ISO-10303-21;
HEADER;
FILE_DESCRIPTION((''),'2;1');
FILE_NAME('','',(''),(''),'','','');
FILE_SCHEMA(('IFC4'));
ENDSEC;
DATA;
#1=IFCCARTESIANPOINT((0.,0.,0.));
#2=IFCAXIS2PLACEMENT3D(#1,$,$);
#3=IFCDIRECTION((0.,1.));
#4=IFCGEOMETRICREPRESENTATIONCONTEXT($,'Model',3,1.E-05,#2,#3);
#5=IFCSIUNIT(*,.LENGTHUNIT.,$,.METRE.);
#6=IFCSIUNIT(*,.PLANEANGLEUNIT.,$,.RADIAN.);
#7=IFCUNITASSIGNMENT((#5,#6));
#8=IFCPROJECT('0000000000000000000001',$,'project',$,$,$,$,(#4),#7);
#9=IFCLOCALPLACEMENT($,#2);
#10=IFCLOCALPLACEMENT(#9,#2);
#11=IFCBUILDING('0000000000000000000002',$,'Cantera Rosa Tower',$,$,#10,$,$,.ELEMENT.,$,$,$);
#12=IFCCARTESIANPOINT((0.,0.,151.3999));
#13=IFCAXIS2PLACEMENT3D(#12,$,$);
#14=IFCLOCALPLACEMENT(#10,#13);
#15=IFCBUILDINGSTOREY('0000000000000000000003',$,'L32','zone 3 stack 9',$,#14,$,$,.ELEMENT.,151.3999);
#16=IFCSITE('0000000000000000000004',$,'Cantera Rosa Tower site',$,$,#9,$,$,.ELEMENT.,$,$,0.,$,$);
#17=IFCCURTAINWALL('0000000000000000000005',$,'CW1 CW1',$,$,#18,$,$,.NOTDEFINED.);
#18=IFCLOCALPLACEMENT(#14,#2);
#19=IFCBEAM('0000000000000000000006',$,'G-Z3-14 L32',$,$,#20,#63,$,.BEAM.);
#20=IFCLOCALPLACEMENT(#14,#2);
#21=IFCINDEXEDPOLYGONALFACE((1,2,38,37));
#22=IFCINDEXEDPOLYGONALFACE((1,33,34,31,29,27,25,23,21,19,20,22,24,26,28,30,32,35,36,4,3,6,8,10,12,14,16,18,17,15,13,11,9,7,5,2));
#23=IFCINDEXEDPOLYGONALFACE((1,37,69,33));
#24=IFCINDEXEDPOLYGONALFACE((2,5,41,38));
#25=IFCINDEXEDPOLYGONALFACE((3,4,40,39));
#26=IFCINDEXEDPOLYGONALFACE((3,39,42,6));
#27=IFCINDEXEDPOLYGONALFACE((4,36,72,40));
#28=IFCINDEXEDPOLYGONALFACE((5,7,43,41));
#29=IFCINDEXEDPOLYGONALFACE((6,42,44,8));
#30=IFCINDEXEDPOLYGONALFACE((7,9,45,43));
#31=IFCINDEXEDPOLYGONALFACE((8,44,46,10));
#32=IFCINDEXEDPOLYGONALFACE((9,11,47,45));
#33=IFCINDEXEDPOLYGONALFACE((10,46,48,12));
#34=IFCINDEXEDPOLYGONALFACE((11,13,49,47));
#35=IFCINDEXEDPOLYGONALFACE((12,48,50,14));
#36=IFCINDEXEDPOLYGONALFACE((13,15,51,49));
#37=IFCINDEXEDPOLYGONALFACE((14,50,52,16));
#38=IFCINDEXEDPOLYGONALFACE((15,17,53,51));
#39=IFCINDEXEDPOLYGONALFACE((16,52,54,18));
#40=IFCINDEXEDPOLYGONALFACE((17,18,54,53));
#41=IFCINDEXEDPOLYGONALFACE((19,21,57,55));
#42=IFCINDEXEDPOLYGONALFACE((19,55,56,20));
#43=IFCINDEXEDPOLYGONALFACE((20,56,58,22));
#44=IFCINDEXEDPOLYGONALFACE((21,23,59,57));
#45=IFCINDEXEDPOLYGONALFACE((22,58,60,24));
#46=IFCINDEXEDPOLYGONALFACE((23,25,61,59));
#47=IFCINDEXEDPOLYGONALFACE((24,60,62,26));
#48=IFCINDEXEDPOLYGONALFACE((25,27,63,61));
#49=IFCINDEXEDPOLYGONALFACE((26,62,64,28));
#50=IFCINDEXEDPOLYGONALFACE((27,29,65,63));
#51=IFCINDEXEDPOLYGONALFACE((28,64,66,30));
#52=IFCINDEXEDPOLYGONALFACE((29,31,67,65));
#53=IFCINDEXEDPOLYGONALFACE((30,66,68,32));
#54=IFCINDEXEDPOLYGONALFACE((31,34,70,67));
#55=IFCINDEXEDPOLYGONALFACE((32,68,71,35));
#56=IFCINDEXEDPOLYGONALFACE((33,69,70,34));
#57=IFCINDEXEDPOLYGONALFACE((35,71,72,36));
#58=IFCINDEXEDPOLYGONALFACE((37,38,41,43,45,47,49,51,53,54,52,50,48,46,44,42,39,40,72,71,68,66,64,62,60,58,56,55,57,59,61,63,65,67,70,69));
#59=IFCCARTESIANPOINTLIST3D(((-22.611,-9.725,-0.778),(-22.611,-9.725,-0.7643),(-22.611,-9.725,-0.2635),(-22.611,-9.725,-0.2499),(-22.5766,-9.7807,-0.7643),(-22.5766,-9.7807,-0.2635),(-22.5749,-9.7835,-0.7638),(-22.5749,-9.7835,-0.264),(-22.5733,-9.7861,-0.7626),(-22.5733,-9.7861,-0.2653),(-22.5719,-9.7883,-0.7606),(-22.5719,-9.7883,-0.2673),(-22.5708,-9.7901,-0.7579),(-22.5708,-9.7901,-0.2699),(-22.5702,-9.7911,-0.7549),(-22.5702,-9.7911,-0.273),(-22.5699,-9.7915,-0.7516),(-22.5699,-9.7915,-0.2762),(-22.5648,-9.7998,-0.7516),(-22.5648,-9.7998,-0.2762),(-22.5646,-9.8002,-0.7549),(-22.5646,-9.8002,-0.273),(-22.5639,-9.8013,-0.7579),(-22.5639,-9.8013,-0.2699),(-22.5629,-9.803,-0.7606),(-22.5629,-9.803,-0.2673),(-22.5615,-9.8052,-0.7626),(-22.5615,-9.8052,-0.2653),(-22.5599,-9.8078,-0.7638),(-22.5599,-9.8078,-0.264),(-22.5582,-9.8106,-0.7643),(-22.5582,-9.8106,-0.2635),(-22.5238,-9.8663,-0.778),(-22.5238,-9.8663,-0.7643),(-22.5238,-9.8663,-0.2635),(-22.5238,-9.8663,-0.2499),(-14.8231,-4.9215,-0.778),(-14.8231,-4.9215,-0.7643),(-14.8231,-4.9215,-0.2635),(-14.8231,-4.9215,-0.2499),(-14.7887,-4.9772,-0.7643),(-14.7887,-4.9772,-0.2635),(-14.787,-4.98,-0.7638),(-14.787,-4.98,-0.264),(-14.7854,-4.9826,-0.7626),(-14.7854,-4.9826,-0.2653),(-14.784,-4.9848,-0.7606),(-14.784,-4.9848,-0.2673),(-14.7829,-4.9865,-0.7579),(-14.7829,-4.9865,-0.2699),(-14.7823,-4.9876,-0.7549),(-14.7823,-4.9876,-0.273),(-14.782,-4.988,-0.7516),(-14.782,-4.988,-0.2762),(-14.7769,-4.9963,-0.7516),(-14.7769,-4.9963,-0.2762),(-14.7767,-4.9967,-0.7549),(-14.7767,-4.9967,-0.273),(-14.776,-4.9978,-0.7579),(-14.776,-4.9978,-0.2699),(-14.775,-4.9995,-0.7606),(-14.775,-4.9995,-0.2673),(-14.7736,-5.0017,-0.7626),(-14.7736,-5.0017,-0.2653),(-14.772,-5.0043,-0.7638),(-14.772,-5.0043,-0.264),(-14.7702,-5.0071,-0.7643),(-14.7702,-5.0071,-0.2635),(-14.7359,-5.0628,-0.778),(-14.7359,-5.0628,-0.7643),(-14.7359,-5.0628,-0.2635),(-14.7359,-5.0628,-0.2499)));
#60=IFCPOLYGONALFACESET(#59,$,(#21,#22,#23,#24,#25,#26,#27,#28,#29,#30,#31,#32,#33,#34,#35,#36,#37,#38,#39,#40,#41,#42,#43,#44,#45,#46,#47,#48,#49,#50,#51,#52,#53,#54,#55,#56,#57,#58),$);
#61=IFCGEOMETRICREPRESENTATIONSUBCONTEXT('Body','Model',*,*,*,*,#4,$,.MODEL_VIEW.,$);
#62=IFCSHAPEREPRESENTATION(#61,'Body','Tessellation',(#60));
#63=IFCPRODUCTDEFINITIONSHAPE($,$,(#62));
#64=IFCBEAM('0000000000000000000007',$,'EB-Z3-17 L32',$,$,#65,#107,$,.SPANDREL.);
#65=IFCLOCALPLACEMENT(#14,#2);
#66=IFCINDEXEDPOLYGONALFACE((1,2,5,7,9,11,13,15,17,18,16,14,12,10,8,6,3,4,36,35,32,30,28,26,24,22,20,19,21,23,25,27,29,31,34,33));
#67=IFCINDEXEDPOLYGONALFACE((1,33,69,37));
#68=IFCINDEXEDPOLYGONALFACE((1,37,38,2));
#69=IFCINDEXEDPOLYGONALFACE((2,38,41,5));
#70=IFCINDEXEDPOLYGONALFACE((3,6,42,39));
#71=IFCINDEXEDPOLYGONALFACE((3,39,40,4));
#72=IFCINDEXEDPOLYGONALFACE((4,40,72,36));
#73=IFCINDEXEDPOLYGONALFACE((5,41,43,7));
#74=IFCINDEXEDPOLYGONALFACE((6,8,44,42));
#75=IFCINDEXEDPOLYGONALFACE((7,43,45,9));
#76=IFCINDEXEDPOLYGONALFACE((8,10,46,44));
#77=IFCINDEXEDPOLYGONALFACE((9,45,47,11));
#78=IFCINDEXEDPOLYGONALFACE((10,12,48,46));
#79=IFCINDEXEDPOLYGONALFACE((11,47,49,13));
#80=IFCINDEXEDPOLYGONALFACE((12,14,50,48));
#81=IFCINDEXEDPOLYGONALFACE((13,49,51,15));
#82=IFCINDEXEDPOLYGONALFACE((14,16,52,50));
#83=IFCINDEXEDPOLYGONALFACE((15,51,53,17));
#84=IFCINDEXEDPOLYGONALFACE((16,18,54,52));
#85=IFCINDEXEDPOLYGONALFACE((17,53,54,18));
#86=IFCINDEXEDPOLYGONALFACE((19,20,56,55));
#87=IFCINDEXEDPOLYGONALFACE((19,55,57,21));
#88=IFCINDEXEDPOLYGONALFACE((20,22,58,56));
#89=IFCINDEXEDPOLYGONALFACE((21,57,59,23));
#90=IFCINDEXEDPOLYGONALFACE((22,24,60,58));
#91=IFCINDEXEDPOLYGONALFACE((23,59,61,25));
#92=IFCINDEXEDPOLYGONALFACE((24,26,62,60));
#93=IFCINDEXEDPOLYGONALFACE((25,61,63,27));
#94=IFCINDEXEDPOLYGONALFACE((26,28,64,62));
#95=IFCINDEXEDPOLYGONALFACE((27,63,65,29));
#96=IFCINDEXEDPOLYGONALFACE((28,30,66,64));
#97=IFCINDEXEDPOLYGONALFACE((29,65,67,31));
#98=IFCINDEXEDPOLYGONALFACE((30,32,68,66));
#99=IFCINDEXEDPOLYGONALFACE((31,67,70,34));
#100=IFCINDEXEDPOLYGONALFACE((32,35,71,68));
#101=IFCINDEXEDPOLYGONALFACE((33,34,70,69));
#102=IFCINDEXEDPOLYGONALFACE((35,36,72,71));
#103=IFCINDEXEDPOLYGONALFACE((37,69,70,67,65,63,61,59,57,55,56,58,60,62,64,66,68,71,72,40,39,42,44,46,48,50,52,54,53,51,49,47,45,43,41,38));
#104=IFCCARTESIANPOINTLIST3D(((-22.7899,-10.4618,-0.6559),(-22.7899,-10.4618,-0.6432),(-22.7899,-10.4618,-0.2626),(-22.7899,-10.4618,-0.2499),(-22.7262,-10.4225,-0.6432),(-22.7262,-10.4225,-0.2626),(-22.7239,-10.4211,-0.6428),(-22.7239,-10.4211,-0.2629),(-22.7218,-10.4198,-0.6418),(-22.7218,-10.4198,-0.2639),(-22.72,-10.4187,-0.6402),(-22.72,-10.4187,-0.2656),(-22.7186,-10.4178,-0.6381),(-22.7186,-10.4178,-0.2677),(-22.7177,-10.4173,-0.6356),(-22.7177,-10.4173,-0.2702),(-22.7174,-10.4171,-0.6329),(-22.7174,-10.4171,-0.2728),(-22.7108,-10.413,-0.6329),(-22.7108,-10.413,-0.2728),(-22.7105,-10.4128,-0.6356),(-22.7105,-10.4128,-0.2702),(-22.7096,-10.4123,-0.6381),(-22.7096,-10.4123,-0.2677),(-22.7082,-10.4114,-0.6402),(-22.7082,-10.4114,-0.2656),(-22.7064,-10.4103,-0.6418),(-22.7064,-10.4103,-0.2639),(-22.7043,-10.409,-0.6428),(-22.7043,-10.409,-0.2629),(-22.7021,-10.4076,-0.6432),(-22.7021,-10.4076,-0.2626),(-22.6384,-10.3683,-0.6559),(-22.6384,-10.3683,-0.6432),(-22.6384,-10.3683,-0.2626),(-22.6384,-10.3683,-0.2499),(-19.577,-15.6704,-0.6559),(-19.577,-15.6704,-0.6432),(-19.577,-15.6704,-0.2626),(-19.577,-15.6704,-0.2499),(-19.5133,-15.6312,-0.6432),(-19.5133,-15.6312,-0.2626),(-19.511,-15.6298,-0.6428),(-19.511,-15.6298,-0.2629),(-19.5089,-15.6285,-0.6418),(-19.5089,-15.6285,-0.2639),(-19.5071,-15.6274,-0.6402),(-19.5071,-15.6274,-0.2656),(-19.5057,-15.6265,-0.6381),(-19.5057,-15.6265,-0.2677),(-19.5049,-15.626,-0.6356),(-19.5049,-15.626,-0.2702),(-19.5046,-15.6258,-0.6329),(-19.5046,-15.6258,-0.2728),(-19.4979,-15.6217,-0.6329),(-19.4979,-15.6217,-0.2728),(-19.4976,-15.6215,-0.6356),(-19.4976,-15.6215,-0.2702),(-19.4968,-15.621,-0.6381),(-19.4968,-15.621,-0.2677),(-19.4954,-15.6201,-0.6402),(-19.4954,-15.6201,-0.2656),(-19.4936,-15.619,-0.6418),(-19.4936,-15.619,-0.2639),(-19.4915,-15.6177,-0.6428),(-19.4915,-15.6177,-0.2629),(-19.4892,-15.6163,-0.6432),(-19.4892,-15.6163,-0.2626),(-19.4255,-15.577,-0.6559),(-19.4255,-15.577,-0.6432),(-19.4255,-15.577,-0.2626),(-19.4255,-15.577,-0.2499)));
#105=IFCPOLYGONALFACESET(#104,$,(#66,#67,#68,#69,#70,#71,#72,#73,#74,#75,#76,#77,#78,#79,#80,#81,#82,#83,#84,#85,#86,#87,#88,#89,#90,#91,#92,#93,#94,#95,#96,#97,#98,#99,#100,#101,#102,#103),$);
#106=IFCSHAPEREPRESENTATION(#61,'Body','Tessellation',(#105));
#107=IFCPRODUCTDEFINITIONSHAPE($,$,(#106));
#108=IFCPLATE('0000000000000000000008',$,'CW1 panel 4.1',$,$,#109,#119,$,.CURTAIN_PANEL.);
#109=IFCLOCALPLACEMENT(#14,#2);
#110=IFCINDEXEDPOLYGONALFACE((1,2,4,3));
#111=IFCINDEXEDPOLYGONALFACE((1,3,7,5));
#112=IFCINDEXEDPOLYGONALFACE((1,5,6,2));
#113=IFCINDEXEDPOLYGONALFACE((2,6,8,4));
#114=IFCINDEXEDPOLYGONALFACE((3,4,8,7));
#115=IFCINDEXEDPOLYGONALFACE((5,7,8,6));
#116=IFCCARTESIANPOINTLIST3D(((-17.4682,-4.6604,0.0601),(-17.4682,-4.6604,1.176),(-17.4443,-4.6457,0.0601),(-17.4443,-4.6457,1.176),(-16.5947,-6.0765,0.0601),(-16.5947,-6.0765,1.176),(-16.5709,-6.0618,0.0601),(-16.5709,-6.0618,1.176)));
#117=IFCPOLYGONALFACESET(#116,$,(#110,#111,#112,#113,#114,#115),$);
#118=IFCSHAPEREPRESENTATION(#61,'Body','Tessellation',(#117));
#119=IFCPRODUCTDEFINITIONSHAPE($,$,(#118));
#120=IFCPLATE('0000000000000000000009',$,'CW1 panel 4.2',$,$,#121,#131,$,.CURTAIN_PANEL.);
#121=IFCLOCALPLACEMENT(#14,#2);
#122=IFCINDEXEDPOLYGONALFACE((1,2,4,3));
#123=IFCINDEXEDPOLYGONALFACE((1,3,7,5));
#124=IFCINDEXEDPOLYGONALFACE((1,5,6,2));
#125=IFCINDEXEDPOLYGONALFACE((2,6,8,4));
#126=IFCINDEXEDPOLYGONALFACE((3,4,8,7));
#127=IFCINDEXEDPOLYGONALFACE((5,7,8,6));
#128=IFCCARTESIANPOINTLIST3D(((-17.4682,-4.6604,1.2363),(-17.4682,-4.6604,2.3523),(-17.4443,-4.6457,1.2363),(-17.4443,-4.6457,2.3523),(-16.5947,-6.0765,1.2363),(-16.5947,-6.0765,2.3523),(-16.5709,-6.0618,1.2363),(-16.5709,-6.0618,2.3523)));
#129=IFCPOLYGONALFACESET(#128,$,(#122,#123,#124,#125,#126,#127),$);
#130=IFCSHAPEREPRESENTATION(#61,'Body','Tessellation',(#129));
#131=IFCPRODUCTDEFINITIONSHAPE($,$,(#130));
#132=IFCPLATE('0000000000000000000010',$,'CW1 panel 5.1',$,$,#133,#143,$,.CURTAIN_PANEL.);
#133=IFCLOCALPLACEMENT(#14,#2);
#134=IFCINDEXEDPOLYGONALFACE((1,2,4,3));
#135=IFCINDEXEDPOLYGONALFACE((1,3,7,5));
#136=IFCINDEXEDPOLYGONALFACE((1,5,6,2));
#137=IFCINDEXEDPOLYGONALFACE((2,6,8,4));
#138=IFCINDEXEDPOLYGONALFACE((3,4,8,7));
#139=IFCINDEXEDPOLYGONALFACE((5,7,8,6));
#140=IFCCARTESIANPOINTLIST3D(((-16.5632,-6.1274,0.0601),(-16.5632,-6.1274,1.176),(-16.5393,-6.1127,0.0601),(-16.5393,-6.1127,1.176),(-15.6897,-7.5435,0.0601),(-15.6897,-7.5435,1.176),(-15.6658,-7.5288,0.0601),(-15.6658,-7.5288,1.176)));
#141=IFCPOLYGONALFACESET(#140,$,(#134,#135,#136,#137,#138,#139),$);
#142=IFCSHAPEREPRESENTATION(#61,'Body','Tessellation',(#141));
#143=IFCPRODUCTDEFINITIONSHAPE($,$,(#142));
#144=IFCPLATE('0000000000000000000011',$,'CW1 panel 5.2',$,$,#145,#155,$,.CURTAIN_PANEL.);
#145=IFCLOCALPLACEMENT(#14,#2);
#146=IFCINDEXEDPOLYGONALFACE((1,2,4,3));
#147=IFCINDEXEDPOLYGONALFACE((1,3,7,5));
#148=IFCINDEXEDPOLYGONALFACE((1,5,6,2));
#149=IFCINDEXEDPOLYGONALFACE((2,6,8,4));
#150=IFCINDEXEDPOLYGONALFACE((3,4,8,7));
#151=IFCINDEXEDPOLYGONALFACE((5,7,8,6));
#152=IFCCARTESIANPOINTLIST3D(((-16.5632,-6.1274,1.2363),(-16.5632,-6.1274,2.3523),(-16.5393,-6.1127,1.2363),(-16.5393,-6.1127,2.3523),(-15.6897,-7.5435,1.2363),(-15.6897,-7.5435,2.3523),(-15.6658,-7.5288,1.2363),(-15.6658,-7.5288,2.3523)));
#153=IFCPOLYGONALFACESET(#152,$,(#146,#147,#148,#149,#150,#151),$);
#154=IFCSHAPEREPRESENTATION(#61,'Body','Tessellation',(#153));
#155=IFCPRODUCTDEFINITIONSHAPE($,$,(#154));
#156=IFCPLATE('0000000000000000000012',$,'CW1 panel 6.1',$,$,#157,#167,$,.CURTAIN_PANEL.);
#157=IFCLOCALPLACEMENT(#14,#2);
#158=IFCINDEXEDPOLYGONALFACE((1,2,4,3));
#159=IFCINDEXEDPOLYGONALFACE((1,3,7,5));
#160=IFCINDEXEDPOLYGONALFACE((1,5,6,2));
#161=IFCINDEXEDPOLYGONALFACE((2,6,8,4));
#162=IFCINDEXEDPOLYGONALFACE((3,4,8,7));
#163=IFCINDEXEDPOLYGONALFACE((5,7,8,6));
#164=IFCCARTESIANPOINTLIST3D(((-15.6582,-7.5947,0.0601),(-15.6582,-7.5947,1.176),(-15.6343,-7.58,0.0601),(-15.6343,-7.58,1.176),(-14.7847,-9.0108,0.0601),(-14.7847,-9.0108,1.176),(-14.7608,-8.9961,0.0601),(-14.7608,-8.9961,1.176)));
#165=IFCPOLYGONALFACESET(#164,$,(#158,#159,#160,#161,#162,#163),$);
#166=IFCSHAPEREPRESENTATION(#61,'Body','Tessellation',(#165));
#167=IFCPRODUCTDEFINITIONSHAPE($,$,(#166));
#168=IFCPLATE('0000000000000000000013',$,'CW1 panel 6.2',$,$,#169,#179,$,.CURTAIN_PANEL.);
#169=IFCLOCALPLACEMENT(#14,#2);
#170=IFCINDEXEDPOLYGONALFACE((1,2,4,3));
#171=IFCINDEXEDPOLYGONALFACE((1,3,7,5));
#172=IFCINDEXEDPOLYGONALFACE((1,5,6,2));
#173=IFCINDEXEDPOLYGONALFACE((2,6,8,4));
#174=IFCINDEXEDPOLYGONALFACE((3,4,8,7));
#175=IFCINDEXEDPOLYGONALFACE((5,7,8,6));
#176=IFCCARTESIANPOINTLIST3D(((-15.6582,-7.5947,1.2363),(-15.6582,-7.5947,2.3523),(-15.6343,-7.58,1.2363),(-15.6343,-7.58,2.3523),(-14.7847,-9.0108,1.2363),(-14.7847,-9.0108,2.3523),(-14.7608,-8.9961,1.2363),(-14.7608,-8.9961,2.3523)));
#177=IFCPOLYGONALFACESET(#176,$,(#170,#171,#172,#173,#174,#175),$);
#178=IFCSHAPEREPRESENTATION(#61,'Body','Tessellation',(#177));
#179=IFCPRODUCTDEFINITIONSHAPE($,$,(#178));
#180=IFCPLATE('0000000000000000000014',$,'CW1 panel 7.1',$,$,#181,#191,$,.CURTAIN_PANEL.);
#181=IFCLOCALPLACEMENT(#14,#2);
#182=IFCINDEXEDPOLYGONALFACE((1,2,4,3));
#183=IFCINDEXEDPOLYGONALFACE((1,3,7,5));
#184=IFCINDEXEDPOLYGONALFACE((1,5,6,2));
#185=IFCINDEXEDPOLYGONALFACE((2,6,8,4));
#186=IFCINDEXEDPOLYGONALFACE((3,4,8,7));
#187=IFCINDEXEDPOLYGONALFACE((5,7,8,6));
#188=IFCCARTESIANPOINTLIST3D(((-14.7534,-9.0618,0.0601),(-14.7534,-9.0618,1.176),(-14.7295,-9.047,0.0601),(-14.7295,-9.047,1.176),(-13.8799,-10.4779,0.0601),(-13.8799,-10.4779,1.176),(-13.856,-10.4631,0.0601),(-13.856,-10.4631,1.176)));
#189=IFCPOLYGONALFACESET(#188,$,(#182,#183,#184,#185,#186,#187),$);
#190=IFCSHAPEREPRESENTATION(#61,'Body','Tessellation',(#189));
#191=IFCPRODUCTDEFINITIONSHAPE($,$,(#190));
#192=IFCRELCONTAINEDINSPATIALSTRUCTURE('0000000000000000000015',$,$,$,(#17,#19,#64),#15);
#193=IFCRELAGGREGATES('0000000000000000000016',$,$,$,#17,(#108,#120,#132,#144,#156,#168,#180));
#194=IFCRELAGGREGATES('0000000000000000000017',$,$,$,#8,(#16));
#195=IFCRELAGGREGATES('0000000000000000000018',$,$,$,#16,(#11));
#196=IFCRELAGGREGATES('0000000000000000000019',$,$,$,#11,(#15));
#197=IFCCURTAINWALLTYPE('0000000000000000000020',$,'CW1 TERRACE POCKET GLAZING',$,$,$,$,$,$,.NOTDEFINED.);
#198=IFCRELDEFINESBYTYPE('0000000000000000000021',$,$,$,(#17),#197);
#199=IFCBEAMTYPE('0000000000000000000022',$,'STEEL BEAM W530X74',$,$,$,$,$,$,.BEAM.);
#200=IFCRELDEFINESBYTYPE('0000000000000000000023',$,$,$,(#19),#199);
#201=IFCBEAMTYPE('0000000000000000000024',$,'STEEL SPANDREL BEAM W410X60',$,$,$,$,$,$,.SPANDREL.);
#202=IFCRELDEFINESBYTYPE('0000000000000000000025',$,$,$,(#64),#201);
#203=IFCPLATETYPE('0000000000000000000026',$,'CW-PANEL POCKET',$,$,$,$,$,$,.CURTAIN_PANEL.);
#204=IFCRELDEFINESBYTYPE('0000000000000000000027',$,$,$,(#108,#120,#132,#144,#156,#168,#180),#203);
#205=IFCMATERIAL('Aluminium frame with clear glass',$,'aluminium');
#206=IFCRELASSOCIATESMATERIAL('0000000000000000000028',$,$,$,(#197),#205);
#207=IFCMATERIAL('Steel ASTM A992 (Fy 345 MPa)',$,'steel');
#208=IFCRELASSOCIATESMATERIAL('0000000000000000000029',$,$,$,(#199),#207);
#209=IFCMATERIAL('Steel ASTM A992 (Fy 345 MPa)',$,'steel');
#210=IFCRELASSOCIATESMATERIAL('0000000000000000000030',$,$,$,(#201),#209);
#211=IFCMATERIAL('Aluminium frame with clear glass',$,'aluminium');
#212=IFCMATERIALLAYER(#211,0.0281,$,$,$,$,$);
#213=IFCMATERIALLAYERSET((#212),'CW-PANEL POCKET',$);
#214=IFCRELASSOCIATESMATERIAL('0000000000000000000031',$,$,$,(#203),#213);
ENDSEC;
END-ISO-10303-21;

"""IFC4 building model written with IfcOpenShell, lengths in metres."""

from ifc_helpers import new_model, si_unit, direction, frame, origin, origin_2d, place, context, subcontext, project, spatial, rectangle, i_section, extrude, material, layer, layer_set, material_profile, profile_set, type_object, element, aggregate, save


model = new_model("IFC4")

# Units and contexts
model_context = context("Model", 3, precision=1e-05, world=origin(), true_north=direction((0.0, 1.0)))
body_context = subcontext(model_context, "Body", "Model", "MODEL_VIEW")
ifc_project = project(units=[si_unit("LENGTHUNIT", "METRE"), si_unit("PLANEANGLEUNIT", "RADIAN")], contexts=[model_context])

# Site, building, storey
site_placement = place(None, origin())
site = spatial("IfcSite", under=ifc_project, at=site_placement, Name="Cantera Rosa Tower site", CompositionType="ELEMENT", RefElevation=0.0)
building_placement = place(site_placement, origin())
building = spatial("IfcBuilding", under=site, at=building_placement, Name="Cantera Rosa Tower", CompositionType="ELEMENT")
storey_placement = place(building_placement, frame((0.0, 0.0, 151.3999)))
storey = spatial("IfcBuildingStorey", under=building, at=storey_placement, Name="L32", Description="zone 3 stack 9", CompositionType="ELEMENT", Elevation=151.3999)

# Curtain wall
ifc_material_1 = material(Name="Aluminium frame with clear glass", Category="aluminium")
curtain_wall_type = type_object("IfcCurtainWallType", Name="CW1 TERRACE POCKET GLAZING", PredefinedType="NOTDEFINED", material=ifc_material_1)
curtain_wall_placement = place(storey_placement, origin())
curtain_wall = element("IfcCurtainWall", 1, at=curtain_wall_placement, inside=storey, type_object=curtain_wall_type, Name="CW1 CW1", PredefinedType="NOTDEFINED")

# Beams
ifc_material_2 = material(Name="Steel ASTM A992 (Fy 345 MPa)", Category="steel")
ifc_material_profile_1 = material_profile(ifc_material_2, i_section(OverallWidth=0.166, OverallDepth=0.5281, WebThickness=0.0098, FlangeThickness=0.0137, FilletRadius=0.0127, at=origin_2d()), Name="W530X74")
ifc_profile_set_1 = profile_set([ifc_material_profile_1], Name="Steel ASTM A992 (Fy 345 MPa)")
beam_type_1 = type_object("IfcBeamType", Name="STEEL BEAM W530X74", PredefinedType="BEAM", material=ifc_profile_set_1)
beam_1_placement = place(storey_placement, frame((-22.5674, -9.7957, -0.5139), z_axis=(0.851124, 0.524965, 0.0), x_axis=(-0.524965, 0.851124, 0.0)))
element("IfcBeam", 2, at=beam_1_placement, inside=storey, type_object=beam_type_1, Name="G-Z3-14 L32", PredefinedType="BEAM", context=body_context, shape_type="SweptSolid", body=[
    extrude(i_section(OverallWidth=0.166, OverallDepth=0.5281, WebThickness=0.0098, FlangeThickness=0.0137, FilletRadius=0.0127, at=origin_2d()), origin(), (0.0, 0.0, 1.0), 9.1501),
])
ifc_material_3 = material(Name="Steel ASTM A992 (Fy 345 MPa)", Category="steel")
ifc_material_profile_2 = material_profile(ifc_material_3, i_section(OverallWidth=0.178, OverallDepth=0.406, WebThickness=0.0078, FlangeThickness=0.0127, FilletRadius=0.0103, at=origin_2d()), Name="W410X60")
ifc_profile_set_2 = profile_set([ifc_material_profile_2], Name="Steel ASTM A992 (Fy 345 MPa)")
beam_type_2 = type_object("IfcBeamType", Name="STEEL SPANDREL BEAM W410X60", PredefinedType="SPANDREL", material=ifc_profile_set_2)
beam_2_placement = place(storey_placement, frame((-22.7141, -10.415, -0.4529), z_axis=(0.524987, -0.85111, 0.0), x_axis=(0.85111, 0.524987, 0.0)))
element("IfcBeam", 3, at=beam_2_placement, inside=storey, type_object=beam_type_2, Name="EB-Z3-17 L32", PredefinedType="SPANDREL", context=body_context, shape_type="SweptSolid", body=[
    extrude(i_section(OverallWidth=0.178, OverallDepth=0.406, WebThickness=0.0078, FlangeThickness=0.0127, FilletRadius=0.0103, at=origin_2d()), origin(), (0.0, 0.0, 1.0), 6.1199),
])

# Plates
ifc_material_4 = material(Name="Aluminium frame with clear glass", Category="aluminium")
ifc_layer_1 = layer(ifc_material_4, 0.0281)
ifc_layer_set_1 = layer_set([ifc_layer_1], Name="CW-PANEL POCKET")
plate_type = type_object("IfcPlateType", Name="CW-PANEL POCKET", PredefinedType="CURTAIN_PANEL", material=ifc_layer_set_1)
plate_1_placement = place(storey_placement, frame((-17.0195, -5.3611, 0.0601), z_axis=(0.0, 0.0, 1.0), x_axis=(0.524977, -0.851117, 0.0)))
plate_1 = element("IfcPlate", 4, at=plate_1_placement, type_object=plate_type, Name="CW1 panel 4.1", PredefinedType="CURTAIN_PANEL", context=body_context, shape_type="SweptSolid", body=[
    extrude(rectangle(XDim=1.6638, YDim=0.0281, at=origin_2d()), origin(), (0.0, 0.0, 1.0), 1.116),
])
plate_2_placement = place(storey_placement, frame((-17.0195, -5.3611, 1.2363), z_axis=(0.0, 0.0, 1.0), x_axis=(0.524977, -0.851117, 0.0)))
plate_2 = element("IfcPlate", 5, at=plate_2_placement, type_object=plate_type, Name="CW1 panel 4.2", PredefinedType="CURTAIN_PANEL", context=body_context, shape_type="SweptSolid", body=[
    extrude(rectangle(XDim=1.6638, YDim=0.0281, at=origin_2d()), origin(), (0.0, 0.0, 1.0), 1.116),
])
plate_3_placement = place(storey_placement, frame((-16.1145, -6.8281, 0.0601), z_axis=(0.0, 0.0, 1.0), x_axis=(0.524977, -0.851117, 0.0)))
plate_3 = element("IfcPlate", 6, at=plate_3_placement, type_object=plate_type, Name="CW1 panel 5.1", PredefinedType="CURTAIN_PANEL", context=body_context, shape_type="SweptSolid", body=[
    extrude(rectangle(XDim=1.6638, YDim=0.0281, at=origin_2d()), origin(), (0.0, 0.0, 1.0), 1.116),
])
plate_4_placement = place(storey_placement, frame((-16.1145, -6.8281, 1.2363), z_axis=(0.0, 0.0, 1.0), x_axis=(0.524977, -0.851117, 0.0)))
plate_4 = element("IfcPlate", 7, at=plate_4_placement, type_object=plate_type, Name="CW1 panel 5.2", PredefinedType="CURTAIN_PANEL", context=body_context, shape_type="SweptSolid", body=[
    extrude(rectangle(XDim=1.6638, YDim=0.0281, at=origin_2d()), origin(), (0.0, 0.0, 1.0), 1.116),
])
plate_5_placement = place(storey_placement, frame((-15.2095, -8.2954, 0.0601), z_axis=(0.0, 0.0, 1.0), x_axis=(0.524977, -0.851117, 0.0)))
plate_5 = element("IfcPlate", 8, at=plate_5_placement, type_object=plate_type, Name="CW1 panel 6.1", PredefinedType="CURTAIN_PANEL", context=body_context, shape_type="SweptSolid", body=[
    extrude(rectangle(XDim=1.6638, YDim=0.0281, at=origin_2d()), origin(), (0.0, 0.0, 1.0), 1.116),
])
plate_6_placement = place(storey_placement, frame((-15.2095, -8.2954, 1.2363), z_axis=(0.0, 0.0, 1.0), x_axis=(0.524977, -0.851117, 0.0)))
plate_6 = element("IfcPlate", 9, at=plate_6_placement, type_object=plate_type, Name="CW1 panel 6.2", PredefinedType="CURTAIN_PANEL", context=body_context, shape_type="SweptSolid", body=[
    extrude(rectangle(XDim=1.6638, YDim=0.0281, at=origin_2d()), origin(), (0.0, 0.0, 1.0), 1.116),
])
plate_7_placement = place(storey_placement, frame((-14.3047, -9.7625, 0.0601), z_axis=(0.0, 0.0, 1.0), x_axis=(0.524977, -0.851117, 0.0)))
plate_7 = element("IfcPlate", 10, at=plate_7_placement, type_object=plate_type, Name="CW1 panel 7.1", PredefinedType="CURTAIN_PANEL", context=body_context, shape_type="SweptSolid", body=[
    extrude(rectangle(XDim=1.6638, YDim=0.0281, at=origin_2d()), origin(), (0.0, 0.0, 1.0), 1.116),
])
aggregate(curtain_wall, [plate_1, plate_2, plate_3, plate_4, plate_5, plate_6, plate_7])

save(model, "model.ifc")
